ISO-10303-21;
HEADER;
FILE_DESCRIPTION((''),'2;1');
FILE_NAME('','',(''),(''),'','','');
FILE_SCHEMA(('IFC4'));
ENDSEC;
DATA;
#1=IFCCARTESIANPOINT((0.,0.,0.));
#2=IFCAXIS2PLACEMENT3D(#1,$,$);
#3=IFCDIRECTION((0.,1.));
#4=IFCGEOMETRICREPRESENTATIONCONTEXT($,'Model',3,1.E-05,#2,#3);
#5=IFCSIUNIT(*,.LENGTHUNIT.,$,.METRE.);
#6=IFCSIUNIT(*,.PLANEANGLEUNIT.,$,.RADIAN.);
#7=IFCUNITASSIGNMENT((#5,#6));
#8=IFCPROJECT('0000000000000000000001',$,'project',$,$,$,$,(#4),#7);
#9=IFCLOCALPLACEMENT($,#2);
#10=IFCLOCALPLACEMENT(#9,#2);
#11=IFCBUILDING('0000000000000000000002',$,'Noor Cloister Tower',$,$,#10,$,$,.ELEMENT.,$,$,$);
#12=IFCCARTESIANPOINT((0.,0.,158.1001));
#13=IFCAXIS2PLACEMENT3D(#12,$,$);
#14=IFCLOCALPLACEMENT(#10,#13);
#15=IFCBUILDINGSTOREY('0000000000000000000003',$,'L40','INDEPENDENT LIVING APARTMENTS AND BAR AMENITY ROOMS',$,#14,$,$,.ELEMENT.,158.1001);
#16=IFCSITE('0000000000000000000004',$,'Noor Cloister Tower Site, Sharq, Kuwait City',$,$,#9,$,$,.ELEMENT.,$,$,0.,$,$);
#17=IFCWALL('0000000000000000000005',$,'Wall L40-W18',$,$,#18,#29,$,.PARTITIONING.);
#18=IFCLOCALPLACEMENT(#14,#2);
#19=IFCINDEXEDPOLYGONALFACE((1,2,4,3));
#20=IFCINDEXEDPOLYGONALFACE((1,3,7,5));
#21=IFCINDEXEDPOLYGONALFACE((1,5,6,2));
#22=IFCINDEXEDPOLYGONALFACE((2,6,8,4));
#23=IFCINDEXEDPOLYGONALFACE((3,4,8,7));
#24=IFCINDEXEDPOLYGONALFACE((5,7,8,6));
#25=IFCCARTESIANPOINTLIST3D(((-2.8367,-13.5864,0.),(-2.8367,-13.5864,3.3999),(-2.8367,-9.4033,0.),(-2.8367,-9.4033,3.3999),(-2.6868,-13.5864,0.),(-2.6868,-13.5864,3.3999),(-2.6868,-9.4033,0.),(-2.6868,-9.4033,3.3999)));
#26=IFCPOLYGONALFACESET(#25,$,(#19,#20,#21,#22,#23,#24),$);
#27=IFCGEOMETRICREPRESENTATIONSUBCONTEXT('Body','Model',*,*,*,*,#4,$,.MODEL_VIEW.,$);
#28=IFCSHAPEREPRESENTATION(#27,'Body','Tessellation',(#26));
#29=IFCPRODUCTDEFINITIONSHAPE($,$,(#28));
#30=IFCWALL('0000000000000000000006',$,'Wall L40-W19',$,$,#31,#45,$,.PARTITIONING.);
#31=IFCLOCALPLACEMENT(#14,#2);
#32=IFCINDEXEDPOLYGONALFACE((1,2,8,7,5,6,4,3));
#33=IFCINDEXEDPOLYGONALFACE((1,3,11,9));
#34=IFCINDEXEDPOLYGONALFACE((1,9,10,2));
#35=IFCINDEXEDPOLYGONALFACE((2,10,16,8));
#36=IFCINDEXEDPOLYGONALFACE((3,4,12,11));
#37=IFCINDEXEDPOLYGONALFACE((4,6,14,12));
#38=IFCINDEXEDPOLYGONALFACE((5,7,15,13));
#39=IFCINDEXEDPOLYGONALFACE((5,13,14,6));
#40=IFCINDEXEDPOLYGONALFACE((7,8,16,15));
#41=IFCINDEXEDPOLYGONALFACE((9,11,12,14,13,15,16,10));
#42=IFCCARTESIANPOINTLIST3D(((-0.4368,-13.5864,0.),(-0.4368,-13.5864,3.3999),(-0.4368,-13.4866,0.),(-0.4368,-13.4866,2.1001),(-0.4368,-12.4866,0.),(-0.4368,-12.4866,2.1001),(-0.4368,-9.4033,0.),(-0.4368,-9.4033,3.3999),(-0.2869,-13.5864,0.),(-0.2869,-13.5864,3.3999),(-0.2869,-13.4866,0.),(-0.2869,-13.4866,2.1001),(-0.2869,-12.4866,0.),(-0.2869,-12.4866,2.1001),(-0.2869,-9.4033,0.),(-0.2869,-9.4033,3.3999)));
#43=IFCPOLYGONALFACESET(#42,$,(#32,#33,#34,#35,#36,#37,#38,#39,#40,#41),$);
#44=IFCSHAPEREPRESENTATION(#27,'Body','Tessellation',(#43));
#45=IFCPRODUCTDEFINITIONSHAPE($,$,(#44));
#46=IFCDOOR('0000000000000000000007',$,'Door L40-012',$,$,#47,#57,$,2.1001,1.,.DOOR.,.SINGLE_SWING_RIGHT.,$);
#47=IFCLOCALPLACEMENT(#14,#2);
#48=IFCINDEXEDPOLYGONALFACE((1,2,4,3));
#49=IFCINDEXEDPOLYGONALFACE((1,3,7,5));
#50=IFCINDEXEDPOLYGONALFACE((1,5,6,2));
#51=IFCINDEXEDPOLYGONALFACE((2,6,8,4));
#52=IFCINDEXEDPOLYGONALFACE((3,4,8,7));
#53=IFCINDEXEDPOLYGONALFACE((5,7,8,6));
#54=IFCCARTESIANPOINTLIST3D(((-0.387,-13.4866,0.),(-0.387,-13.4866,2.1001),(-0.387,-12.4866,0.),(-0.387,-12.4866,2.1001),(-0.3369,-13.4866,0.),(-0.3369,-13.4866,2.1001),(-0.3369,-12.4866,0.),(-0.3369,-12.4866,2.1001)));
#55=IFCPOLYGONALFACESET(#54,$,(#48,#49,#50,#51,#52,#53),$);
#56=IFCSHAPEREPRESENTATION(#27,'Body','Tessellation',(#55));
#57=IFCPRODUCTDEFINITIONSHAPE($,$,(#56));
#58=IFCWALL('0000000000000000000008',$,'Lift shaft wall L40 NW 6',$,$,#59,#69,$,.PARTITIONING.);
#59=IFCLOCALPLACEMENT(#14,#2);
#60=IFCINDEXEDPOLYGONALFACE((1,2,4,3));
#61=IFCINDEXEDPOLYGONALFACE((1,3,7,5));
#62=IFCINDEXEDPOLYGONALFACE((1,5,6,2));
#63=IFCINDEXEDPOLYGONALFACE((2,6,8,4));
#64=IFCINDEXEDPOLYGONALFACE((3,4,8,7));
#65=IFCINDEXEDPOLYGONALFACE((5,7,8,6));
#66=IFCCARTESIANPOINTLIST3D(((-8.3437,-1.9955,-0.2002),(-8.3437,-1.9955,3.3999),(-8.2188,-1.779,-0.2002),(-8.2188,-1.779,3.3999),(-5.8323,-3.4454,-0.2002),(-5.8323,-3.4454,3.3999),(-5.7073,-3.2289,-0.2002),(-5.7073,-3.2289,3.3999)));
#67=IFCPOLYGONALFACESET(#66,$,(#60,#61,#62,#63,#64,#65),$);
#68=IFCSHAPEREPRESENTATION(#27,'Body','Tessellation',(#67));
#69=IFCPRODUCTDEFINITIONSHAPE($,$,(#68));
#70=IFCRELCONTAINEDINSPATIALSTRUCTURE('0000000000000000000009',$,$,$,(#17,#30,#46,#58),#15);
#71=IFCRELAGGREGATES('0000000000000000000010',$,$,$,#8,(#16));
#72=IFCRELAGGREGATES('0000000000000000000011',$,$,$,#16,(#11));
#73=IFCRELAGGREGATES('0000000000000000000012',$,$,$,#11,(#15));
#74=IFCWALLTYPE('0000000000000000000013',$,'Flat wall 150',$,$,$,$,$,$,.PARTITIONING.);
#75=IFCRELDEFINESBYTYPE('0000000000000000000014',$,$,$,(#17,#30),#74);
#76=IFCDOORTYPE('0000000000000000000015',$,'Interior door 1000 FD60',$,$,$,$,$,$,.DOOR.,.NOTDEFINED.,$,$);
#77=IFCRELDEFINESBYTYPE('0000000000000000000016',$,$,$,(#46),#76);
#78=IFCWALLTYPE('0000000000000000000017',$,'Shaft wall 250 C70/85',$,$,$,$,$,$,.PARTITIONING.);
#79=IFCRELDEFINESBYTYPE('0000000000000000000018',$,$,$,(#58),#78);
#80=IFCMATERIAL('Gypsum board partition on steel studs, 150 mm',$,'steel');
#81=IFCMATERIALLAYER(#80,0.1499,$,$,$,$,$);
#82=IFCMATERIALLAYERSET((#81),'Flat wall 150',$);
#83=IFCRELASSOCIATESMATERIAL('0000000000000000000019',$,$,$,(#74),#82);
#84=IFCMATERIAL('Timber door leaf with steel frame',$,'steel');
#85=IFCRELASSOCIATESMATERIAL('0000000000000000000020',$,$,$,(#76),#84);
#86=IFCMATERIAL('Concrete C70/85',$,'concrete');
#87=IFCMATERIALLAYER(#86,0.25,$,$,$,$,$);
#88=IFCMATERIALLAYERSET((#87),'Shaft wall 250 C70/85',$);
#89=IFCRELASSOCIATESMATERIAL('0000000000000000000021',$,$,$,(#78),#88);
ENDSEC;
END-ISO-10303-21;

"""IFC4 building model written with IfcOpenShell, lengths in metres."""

from ifc_helpers import new_model, si_unit, direction, frame, frame_2d, origin, place, context, subcontext, project, spatial, rectangle, extrude, material, layer, layer_set, type_object, element, fill, save


model = new_model("IFC4")

# Units and contexts
model_context = context("Model", 3, precision=1e-05, world=origin(), true_north=direction((0.0, 1.0)))
body_context = subcontext(model_context, "Body", "Model", "MODEL_VIEW")
ifc_project = project(units=[si_unit("LENGTHUNIT", "METRE"), si_unit("PLANEANGLEUNIT", "RADIAN")], contexts=[model_context])

# Site, building, storey
site_placement = place(None, origin())
site = spatial("IfcSite", under=ifc_project, at=site_placement, Name="Noor Cloister Tower Site, Sharq, Kuwait City", CompositionType="ELEMENT", RefElevation=0.0)
building_placement = place(site_placement, origin())
building = spatial("IfcBuilding", under=site, at=building_placement, Name="Noor Cloister Tower", CompositionType="ELEMENT")
storey_placement = place(building_placement, frame((0.0, 0.0, 158.1001)))
storey = spatial("IfcBuildingStorey", under=building, at=storey_placement, Name="L40", Description="INDEPENDENT LIVING APARTMENTS AND BAR AMENITY ROOMS", CompositionType="ELEMENT", Elevation=158.1001)

# Shared definitions
ifc_material_1 = material(Name="Gypsum board partition on steel studs, 150 mm", Category="steel")
ifc_layer_1 = layer(ifc_material_1, 0.1499)
ifc_layer_set_1 = layer_set([ifc_layer_1], Name="Flat wall 150")
wall_type_1 = type_object("IfcWallType", Name="Flat wall 150", PredefinedType="PARTITIONING", material=ifc_layer_set_1)
ifc_material_2 = material(Name="Timber door leaf with steel frame", Category="steel")
door_type_1 = type_object("IfcDoorType", Name="Interior door 1000 FD60", OperationType="NOTDEFINED", PredefinedType="DOOR", material=ifc_material_2)

# Wall
wall_1_placement = place(storey_placement, frame((-2.7617, -9.4033, 0.0), z_axis=(0.0, 0.0, 1.0), x_axis=(0.0, -1.0, 0.0)))
element("IfcWall", 1, at=wall_1_placement, inside=storey, type_object=wall_type_1, Name="Wall L40-W18", PredefinedType="PARTITIONING", context=body_context, shape_type="SweptSolid", body=[
    extrude(rectangle(XDim=4.1831, YDim=0.1499, at=frame_2d((2.0916, 0.0))), origin(), (0.0, 0.0, 1.0), 3.3999),
])

# Wall, opening, door
wall_2_placement = place(storey_placement, frame((-0.3618, -9.4033, 0.0), z_axis=(0.0, 0.0, 1.0), x_axis=(0.0, -1.0, 0.0)))
wall_2 = element("IfcWall", 2, at=wall_2_placement, inside=storey, type_object=wall_type_1, Name="Wall L40-W19", PredefinedType="PARTITIONING", context=body_context, shape_type="SweptSolid", body=[
    extrude(rectangle(XDim=4.1831, YDim=0.1499, at=frame_2d((2.0916, 0.0))), origin(), (0.0, 0.0, 1.0), 3.3999),
])
opening_1_placement = place(wall_2_placement, frame((3.0833, 0.0, 0.0)))
opening_1 = element("IfcOpeningElement", 3, at=opening_1_placement, cuts=wall_2, PredefinedType="OPENING", context=body_context, shape_type="SweptSolid", body=[
    extrude(rectangle(XDim=1.0, YDim=2.1001, at=frame_2d((0.5, 1.05))), frame((0.0, 0.085, 0.0), z_axis=(0.0, -1.0, 0.0), x_axis=(1.0, 0.0, 0.0)), (0.0, 0.0, 1.0), 0.1699),
])
door_1_placement = place(opening_1_placement, origin())
door_1 = element("IfcDoor", 4, at=door_1_placement, inside=storey, type_object=door_type_1, Name="Door L40-012", OperationType="SINGLE_SWING_RIGHT", OverallHeight=2.1001, OverallWidth=1.0, PredefinedType="DOOR", context=body_context, shape_type="SweptSolid", body=[
    extrude(rectangle(XDim=1.0, YDim=2.1001, at=frame_2d((0.5, 1.05))), frame((0.0, 0.0249, 0.0), z_axis=(0.0, -1.0, 0.0), x_axis=(1.0, 0.0, 0.0)), (0.0, 0.0, 1.0), 0.05),
])
fill(opening_1, door_1)

# Wall
ifc_material_3 = material(Name="Concrete C70/85", Category="concrete")
ifc_layer_2 = layer(ifc_material_3, 0.25)
ifc_layer_set_2 = layer_set([ifc_layer_2], Name="Shaft wall 250 C70/85")
wall_type_2 = type_object("IfcWallType", Name="Shaft wall 250 C70/85", PredefinedType="PARTITIONING", material=ifc_layer_set_2)
wall_3_placement = place(storey_placement, frame((-8.2812, -1.8872, -0.2002), z_axis=(0.0, 0.0, 1.0), x_axis=(0.866033, -0.499987, 0.0)))
element("IfcWall", 5, at=wall_3_placement, inside=storey, type_object=wall_type_2, Name="Lift shaft wall L40 NW 6", PredefinedType="PARTITIONING", context=body_context, shape_type="SweptSolid", body=[
    extrude(rectangle(XDim=2.8999, YDim=0.25, at=frame_2d((1.45, 0.0))), origin(), (0.0, 0.0, 1.0), 3.6001),
])

save(model, "model.ifc")
